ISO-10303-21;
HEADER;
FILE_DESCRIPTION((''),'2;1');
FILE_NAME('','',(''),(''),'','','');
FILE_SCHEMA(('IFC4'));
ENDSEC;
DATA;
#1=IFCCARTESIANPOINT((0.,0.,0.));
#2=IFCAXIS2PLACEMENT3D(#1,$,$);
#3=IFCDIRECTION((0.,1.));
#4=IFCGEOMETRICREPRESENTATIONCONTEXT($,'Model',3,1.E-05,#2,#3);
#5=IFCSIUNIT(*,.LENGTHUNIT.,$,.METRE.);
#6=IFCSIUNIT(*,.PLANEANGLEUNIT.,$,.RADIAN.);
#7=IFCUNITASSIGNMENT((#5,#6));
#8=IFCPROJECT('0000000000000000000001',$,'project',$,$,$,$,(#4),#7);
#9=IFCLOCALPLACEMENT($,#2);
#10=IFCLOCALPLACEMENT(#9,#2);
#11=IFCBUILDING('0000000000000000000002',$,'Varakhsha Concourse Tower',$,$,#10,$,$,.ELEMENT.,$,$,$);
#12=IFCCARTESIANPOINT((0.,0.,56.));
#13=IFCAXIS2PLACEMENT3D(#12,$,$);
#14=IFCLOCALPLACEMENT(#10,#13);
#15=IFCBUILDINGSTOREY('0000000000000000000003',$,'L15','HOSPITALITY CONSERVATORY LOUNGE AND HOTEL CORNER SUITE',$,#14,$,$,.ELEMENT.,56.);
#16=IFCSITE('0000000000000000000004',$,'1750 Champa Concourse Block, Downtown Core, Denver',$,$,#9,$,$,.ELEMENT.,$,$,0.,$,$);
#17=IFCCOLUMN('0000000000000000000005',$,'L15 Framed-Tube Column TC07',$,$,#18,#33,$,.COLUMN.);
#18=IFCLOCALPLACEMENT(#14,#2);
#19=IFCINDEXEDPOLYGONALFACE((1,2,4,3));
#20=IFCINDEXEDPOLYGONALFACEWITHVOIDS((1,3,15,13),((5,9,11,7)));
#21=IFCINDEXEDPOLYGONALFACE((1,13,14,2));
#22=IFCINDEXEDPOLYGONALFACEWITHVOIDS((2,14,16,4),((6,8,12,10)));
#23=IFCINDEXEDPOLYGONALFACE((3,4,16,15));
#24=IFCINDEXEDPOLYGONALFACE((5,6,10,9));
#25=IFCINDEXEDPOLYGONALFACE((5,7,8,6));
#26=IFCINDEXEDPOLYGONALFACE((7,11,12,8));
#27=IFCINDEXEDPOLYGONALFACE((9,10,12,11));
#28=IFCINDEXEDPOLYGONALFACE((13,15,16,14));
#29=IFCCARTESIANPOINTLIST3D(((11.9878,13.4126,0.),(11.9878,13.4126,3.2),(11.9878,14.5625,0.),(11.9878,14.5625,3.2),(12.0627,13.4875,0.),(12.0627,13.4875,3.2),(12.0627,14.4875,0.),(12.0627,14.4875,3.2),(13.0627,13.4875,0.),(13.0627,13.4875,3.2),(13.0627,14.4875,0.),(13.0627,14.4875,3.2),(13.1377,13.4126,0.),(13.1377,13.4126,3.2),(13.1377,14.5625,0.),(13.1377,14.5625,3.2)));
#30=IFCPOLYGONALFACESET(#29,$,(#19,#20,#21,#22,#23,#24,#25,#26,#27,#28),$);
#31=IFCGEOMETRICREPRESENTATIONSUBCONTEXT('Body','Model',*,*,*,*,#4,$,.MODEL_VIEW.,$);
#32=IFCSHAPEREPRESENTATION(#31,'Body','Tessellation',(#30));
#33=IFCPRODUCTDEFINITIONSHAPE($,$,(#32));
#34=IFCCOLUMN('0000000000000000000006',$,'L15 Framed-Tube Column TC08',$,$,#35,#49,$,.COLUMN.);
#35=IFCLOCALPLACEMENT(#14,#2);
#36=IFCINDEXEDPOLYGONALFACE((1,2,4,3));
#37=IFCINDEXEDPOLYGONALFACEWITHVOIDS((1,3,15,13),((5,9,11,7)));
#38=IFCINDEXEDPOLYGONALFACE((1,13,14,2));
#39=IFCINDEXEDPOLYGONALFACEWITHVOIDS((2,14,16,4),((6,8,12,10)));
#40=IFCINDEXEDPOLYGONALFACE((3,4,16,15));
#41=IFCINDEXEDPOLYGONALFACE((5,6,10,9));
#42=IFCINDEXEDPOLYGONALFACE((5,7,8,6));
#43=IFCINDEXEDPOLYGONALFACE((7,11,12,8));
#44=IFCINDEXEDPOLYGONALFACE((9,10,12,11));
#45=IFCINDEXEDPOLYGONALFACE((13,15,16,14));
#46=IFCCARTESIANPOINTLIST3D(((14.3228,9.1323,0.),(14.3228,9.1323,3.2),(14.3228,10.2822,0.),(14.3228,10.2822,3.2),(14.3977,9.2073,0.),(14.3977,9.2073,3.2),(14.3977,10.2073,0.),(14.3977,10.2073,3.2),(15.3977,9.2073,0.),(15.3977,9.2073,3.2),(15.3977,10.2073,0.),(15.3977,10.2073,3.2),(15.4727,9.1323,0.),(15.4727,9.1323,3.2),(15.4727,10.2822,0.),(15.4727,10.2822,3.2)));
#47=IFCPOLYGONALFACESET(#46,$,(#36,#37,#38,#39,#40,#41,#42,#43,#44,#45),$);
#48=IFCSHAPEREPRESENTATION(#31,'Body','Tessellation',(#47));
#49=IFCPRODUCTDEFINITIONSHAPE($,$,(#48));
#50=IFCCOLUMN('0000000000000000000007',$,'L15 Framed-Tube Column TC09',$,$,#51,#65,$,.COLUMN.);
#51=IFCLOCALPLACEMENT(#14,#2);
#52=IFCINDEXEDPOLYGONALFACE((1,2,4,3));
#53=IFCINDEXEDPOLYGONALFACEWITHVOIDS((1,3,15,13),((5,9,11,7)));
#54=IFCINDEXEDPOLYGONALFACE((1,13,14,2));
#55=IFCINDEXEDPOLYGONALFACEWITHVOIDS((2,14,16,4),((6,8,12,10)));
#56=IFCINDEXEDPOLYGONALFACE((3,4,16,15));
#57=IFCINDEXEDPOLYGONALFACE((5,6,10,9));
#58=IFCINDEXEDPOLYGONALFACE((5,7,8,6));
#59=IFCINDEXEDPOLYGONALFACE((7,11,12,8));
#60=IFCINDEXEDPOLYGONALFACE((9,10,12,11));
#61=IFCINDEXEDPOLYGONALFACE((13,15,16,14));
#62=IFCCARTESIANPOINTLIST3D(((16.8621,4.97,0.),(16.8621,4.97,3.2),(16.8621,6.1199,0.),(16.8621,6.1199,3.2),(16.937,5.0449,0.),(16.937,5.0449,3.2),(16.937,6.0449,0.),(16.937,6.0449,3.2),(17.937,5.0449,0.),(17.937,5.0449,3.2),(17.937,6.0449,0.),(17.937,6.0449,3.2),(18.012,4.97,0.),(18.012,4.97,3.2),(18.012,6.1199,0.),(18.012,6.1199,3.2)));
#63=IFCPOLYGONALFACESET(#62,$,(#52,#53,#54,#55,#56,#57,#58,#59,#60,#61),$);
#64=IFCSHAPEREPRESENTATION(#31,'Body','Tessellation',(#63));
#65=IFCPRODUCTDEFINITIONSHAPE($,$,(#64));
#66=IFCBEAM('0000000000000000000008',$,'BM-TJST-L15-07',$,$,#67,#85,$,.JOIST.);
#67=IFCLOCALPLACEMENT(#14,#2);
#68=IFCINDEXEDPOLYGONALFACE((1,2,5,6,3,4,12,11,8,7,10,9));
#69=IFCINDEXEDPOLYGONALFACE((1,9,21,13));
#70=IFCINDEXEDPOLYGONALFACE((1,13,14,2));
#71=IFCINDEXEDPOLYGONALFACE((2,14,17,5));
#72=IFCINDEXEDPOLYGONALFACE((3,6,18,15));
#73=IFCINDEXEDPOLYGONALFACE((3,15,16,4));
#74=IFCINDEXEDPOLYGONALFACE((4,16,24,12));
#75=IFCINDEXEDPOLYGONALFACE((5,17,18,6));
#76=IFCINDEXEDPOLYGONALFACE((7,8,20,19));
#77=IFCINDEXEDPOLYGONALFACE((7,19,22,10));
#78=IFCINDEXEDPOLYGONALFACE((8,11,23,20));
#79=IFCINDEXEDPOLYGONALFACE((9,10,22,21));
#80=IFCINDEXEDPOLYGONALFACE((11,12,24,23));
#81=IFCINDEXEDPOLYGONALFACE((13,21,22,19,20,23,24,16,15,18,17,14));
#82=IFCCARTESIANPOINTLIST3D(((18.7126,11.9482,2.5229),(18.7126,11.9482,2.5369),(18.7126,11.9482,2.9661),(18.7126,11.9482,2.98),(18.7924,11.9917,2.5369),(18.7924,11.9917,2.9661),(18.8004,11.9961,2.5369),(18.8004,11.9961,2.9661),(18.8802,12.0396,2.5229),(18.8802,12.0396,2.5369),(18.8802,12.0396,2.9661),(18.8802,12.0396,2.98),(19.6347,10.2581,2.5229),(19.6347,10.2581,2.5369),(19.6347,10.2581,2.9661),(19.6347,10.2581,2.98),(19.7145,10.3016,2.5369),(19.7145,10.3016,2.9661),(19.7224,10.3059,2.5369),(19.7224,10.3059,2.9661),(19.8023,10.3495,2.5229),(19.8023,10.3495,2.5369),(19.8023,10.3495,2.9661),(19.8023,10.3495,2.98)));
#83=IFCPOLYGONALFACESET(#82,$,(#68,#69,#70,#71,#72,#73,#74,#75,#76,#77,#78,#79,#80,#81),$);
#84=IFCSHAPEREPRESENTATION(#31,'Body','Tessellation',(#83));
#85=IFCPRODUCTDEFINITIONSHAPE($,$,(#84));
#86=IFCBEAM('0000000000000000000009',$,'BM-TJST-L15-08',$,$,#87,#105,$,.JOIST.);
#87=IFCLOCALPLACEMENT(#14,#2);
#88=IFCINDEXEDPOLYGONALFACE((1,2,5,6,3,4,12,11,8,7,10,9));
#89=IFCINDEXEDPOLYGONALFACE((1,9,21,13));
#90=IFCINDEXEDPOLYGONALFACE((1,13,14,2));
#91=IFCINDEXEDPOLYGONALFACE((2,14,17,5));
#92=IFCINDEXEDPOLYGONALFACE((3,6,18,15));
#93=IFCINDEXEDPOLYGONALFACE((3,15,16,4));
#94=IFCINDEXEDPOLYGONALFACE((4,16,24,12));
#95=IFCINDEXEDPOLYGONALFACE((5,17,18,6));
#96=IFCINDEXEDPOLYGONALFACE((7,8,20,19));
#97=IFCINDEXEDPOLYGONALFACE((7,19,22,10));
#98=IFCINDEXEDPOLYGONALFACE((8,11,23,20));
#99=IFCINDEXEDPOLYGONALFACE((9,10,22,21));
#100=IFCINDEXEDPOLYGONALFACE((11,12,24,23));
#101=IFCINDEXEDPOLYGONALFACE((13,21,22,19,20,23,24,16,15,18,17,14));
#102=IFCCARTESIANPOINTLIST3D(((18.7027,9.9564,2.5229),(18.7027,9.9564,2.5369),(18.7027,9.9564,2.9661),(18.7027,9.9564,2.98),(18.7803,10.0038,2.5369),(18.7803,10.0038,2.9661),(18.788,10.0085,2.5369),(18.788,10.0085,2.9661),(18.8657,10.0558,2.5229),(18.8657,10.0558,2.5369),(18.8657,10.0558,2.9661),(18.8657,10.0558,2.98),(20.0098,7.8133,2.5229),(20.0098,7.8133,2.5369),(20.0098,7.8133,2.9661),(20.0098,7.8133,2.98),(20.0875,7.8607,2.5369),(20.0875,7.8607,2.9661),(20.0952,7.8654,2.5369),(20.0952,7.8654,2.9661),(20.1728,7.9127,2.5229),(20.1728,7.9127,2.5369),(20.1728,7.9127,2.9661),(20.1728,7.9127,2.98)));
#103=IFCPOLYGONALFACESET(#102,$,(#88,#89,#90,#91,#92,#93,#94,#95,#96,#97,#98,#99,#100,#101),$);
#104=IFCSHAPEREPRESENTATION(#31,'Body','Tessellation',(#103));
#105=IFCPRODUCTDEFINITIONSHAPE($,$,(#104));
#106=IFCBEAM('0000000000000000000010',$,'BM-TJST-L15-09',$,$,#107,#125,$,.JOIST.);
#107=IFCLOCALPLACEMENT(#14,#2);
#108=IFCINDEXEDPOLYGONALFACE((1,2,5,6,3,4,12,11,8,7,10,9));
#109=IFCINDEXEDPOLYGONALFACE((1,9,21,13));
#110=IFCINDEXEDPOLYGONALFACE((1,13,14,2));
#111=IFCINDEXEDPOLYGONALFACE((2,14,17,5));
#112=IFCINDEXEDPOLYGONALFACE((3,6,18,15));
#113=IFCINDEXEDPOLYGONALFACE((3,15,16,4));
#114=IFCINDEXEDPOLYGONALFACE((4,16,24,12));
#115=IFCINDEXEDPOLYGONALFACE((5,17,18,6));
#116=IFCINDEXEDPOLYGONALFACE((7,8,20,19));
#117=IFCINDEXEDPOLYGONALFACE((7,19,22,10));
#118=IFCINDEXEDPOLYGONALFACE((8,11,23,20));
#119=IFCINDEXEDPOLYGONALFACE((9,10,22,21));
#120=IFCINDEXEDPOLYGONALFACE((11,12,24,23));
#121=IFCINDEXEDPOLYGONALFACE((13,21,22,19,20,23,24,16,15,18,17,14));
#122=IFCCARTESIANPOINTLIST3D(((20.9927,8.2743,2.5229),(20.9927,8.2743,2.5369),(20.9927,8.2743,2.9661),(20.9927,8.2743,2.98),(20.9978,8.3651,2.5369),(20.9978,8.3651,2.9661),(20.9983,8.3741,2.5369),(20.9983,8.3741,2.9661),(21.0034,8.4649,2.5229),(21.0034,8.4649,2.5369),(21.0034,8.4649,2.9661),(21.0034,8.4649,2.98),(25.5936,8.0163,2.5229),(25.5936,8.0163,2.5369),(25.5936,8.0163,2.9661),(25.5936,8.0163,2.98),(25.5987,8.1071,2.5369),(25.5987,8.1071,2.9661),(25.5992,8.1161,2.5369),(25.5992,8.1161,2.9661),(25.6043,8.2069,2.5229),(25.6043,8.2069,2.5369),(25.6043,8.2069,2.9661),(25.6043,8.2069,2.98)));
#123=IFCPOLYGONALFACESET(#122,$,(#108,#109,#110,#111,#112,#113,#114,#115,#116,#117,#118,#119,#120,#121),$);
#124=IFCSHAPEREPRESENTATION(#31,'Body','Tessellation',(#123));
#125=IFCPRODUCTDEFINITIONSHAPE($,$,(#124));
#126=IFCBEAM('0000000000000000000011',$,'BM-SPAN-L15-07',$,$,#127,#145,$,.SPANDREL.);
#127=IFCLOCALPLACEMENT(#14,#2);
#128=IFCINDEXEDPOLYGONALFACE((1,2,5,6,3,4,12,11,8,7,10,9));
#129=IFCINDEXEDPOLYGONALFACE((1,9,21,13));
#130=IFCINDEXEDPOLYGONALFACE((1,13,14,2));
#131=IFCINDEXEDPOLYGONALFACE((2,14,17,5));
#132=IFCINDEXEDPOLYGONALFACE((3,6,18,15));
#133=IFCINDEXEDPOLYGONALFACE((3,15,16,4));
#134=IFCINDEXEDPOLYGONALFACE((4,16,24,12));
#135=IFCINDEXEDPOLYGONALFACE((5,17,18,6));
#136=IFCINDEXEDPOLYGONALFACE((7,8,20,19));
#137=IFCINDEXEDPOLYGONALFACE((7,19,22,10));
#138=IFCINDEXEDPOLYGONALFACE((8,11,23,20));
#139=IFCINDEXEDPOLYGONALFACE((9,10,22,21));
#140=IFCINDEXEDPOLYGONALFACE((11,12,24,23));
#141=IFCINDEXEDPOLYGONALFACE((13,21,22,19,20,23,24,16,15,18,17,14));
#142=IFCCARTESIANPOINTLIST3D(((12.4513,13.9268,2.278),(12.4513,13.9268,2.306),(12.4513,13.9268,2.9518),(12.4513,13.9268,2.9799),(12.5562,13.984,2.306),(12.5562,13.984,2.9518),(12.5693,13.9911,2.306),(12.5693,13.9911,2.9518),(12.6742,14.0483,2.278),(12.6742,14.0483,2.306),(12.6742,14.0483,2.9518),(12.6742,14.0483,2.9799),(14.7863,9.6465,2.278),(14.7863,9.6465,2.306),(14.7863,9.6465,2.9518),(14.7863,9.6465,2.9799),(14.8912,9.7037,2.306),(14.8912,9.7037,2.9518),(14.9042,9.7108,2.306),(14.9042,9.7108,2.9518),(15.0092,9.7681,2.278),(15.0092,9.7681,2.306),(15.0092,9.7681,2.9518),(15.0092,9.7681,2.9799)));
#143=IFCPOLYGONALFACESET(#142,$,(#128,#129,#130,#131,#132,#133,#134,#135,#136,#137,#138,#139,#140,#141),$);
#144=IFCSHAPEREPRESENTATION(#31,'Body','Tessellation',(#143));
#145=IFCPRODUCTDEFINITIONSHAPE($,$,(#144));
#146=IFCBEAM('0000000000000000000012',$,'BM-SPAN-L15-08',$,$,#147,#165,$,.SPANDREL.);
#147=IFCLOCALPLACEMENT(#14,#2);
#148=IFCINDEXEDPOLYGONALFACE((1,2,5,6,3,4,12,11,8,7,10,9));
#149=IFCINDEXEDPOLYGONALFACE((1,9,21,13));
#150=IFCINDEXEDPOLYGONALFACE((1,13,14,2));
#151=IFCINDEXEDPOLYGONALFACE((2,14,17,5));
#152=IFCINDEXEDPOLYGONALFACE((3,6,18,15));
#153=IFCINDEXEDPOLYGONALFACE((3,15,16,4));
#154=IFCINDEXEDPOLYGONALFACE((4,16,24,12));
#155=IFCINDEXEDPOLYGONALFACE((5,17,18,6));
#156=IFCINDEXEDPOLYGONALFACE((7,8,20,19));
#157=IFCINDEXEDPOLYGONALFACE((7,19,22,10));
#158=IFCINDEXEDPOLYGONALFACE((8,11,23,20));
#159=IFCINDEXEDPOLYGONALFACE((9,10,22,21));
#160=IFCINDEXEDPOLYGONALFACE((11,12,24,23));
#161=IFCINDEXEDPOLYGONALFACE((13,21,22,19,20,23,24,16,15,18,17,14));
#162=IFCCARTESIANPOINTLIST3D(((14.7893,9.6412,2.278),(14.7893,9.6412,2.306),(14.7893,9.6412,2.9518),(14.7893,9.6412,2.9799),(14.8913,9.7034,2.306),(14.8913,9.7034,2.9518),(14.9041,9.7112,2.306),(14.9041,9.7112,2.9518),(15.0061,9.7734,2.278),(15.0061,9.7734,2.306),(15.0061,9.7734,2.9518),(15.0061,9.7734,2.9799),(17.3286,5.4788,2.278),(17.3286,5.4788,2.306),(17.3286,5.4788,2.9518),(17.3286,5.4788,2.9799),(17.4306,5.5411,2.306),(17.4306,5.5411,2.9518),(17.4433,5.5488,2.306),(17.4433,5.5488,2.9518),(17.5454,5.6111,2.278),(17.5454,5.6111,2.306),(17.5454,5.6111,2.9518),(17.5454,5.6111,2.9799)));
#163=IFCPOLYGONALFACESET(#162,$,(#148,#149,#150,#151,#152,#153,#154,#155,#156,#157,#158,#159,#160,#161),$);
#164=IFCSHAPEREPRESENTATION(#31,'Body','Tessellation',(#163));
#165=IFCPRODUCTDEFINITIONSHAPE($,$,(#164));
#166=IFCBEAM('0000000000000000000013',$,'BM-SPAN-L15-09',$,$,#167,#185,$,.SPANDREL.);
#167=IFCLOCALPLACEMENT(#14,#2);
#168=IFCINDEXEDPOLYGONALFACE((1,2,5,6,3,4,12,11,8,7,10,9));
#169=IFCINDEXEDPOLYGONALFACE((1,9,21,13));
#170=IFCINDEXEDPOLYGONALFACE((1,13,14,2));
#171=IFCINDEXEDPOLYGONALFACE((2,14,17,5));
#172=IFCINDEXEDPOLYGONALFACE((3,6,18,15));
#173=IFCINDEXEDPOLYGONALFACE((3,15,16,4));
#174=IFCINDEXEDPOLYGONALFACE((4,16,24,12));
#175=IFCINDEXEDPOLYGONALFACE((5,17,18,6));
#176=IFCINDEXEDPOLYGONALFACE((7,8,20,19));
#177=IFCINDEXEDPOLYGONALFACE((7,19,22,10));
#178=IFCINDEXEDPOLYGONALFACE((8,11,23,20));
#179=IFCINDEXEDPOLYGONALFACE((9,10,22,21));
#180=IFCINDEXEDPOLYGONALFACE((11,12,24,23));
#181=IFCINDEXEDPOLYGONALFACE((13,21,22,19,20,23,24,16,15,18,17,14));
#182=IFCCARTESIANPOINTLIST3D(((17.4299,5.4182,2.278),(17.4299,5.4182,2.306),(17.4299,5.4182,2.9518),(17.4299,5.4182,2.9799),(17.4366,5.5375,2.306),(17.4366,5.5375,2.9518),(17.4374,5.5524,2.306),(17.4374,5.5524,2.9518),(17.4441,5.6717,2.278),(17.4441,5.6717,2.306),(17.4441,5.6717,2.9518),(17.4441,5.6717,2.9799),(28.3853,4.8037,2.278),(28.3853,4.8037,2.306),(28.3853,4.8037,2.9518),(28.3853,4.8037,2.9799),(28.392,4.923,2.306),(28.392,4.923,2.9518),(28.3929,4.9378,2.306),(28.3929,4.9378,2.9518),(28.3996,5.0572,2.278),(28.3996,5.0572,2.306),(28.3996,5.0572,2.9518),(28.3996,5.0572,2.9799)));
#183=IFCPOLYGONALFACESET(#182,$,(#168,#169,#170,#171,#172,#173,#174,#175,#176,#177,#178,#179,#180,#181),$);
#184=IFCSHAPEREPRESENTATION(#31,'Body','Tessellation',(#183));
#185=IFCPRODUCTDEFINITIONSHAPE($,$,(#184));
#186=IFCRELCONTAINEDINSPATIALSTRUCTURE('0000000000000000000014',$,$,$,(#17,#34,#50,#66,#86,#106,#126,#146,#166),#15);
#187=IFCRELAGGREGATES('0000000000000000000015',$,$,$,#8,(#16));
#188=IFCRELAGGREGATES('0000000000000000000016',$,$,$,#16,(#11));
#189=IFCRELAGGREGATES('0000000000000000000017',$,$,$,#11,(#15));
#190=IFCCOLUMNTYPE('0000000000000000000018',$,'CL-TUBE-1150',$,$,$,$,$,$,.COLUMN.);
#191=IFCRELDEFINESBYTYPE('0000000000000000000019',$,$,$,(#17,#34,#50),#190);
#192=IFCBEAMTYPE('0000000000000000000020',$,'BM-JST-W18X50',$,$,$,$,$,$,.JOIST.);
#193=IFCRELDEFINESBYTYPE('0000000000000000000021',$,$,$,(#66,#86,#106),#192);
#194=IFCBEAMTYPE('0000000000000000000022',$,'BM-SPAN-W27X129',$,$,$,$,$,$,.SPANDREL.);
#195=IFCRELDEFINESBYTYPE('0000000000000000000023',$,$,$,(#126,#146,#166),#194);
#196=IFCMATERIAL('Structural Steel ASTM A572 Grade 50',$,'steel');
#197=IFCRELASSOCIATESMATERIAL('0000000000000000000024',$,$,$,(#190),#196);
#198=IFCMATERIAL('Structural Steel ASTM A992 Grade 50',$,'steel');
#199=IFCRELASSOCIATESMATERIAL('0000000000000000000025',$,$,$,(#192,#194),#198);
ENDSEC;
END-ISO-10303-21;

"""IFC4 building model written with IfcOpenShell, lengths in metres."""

from ifc_helpers import new_model, si_unit, direction, frame, origin, origin_2d, place, context, subcontext, project, spatial, hollow_rectangle, i_section, extrude, material, material_profile, profile_set, type_object, element, save


model = new_model("IFC4")

# Units and contexts
model_context = context("Model", 3, precision=1e-05, world=origin(), true_north=direction((0.0, 1.0)))
body_context = subcontext(model_context, "Body", "Model", "MODEL_VIEW")
ifc_project = project(units=[si_unit("LENGTHUNIT", "METRE"), si_unit("PLANEANGLEUNIT", "RADIAN")], contexts=[model_context])

# Site, building, storey
site_placement = place(None, origin())
site = spatial("IfcSite", under=ifc_project, at=site_placement, Name="1750 Champa Concourse Block, Downtown Core, Denver", CompositionType="ELEMENT", RefElevation=0.0)
building_placement = place(site_placement, origin())
building = spatial("IfcBuilding", under=site, at=building_placement, Name="Varakhsha Concourse Tower", CompositionType="ELEMENT")
storey_placement = place(building_placement, frame((0.0, 0.0, 56.0)))
storey = spatial("IfcBuildingStorey", under=building, at=storey_placement, Name="L15", Description="HOSPITALITY CONSERVATORY LOUNGE AND HOTEL CORNER SUITE", CompositionType="ELEMENT", Elevation=56.0)

# Columns
ifc_material_1 = material(Name="Structural Steel ASTM A572 Grade 50", Category="steel")
ifc_material_profile_1 = material_profile(ifc_material_1, hollow_rectangle(XDim=1.1499, YDim=1.1499, WallThickness=0.075, at=origin_2d()), Name="BOX 1150x1150x75")
ifc_profile_set_1 = profile_set([ifc_material_profile_1], Name="Structural Steel ASTM A572 Grade 50")
column_type = type_object("IfcColumnType", Name="CL-TUBE-1150", PredefinedType="COLUMN", material=ifc_profile_set_1)
for number, where, z_axis, x_axis, name in (
    (1, (12.5627, 13.9875, 0.0), (0.0, 0.0, 1.0), (1.0, 0.0, 0.0), "L15 Framed-Tube Column TC07"),
    (2, (14.8977, 9.7073, 0.0), (0.0, 0.0, 1.0), (1.0, 0.0, 0.0), "L15 Framed-Tube Column TC08"),
    (3, (17.437, 5.5449, 0.0), (0.0, 0.0, 1.0), (1.0, 0.0, 0.0), "L15 Framed-Tube Column TC09"),
):
    element("IfcColumn", number, at=place(storey_placement, frame(where, z_axis=z_axis, x_axis=x_axis)), inside=storey, type_object=column_type, Name=name, PredefinedType="COLUMN", context=body_context, shape_type="SweptSolid", body=[
        extrude(hollow_rectangle(XDim=1.1499, YDim=1.1499, WallThickness=0.075, at=origin_2d()), origin(), (0.0, 0.0, 1.0), 3.2),
    ])

# Beams
ifc_material_2 = material(Name="Structural Steel ASTM A992 Grade 50", Category="steel")
ifc_material_profile_2 = material_profile(ifc_material_2, i_section(OverallWidth=0.1909, OverallDepth=0.457, WebThickness=0.009, FlangeThickness=0.0139, at=origin_2d()), Name="W18X50")
ifc_profile_set_2 = profile_set([ifc_material_profile_2], Name="Structural Steel ASTM A992 Grade 50")
beam_type_1 = type_object("IfcBeamType", Name="BM-JST-W18X50", PredefinedType="JOIST", material=ifc_profile_set_2)
beam_1_placement = place(storey_placement, frame((18.7964, 11.9939, 2.7515), z_axis=(0.478932, -0.877852, 0.0), x_axis=(0.877852, 0.478932, 0.0)))
element("IfcBeam", 4, at=beam_1_placement, inside=storey, type_object=beam_type_1, Name="BM-TJST-L15-07", PredefinedType="JOIST", context=body_context, shape_type="SweptSolid", body=[
    extrude(i_section(OverallWidth=0.1909, OverallDepth=0.457, WebThickness=0.009, FlangeThickness=0.0139, at=origin_2d()), origin(), (0.0, 0.0, 1.0), 1.9253),
])
beam_2_placement = place(storey_placement, frame((18.7842, 10.0061, 2.7515), z_axis=(0.520718, -0.853729, 0.0), x_axis=(0.853729, 0.520718, 0.0)))
element("IfcBeam", 5, at=beam_2_placement, inside=storey, type_object=beam_type_1, Name="BM-TJST-L15-08", PredefinedType="JOIST", context=body_context, shape_type="SweptSolid", body=[
    extrude(i_section(OverallWidth=0.1909, OverallDepth=0.457, WebThickness=0.009, FlangeThickness=0.0139, at=origin_2d()), origin(), (0.0, 0.0, 1.0), 2.5103),
])
beam_3_placement = place(storey_placement, frame((20.998, 8.3696, 2.7515), z_axis=(0.998431, -0.056001, 0.0), x_axis=(0.056001, 0.998431, 0.0)))
element("IfcBeam", 6, at=beam_3_placement, inside=storey, type_object=beam_type_1, Name="BM-TJST-L15-09", PredefinedType="JOIST", context=body_context, shape_type="SweptSolid", body=[
    extrude(i_section(OverallWidth=0.1909, OverallDepth=0.457, WebThickness=0.009, FlangeThickness=0.0139, at=origin_2d()), origin(), (0.0, 0.0, 1.0), 4.6082),
])
ifc_material_profile_3 = material_profile(ifc_material_2, i_section(OverallWidth=0.2539, OverallDepth=0.7019, WebThickness=0.0149, FlangeThickness=0.0281, at=origin_2d()), Name="W27X129")
ifc_profile_set_3 = profile_set([ifc_material_profile_3], Name="Structural Steel ASTM A992 Grade 50")
beam_type_2 = type_object("IfcBeamType", Name="BM-SPAN-W27X129", PredefinedType="SPANDREL", material=ifc_profile_set_3)
for number, where, z_axis, x_axis, name in (
    (7, (12.5627, 13.9875, 2.6289), (0.478894, -0.877873, 0.0), (0.877873, 0.478894, 0.0), "BM-SPAN-L15-07"),
    (8, (14.8977, 9.7073, 2.6289), (0.5208, -0.853679, 0.0), (0.853679, 0.5208, 0.0), "BM-SPAN-L15-08"),
):
    element("IfcBeam", number, at=place(storey_placement, frame(where, z_axis=z_axis, x_axis=x_axis)), inside=storey, type_object=beam_type_2, Name=name, PredefinedType="SPANDREL", context=body_context, shape_type="SweptSolid", body=[
        extrude(i_section(OverallWidth=0.2539, OverallDepth=0.7019, WebThickness=0.0149, FlangeThickness=0.0281, at=origin_2d()), origin(), (0.0, 0.0, 1.0), 4.8757),
    ])
beam_4_placement = place(storey_placement, frame((17.437, 5.5449, 2.6289), z_axis=(0.998431, -0.056004, 0.0), x_axis=(0.056004, 0.998431, 0.0)))
element("IfcBeam", 9, at=beam_4_placement, inside=storey, type_object=beam_type_2, Name="BM-SPAN-L15-09", PredefinedType="SPANDREL", context=body_context, shape_type="SweptSolid", body=[
    extrude(i_section(OverallWidth=0.2539, OverallDepth=0.7019, WebThickness=0.0149, FlangeThickness=0.0281, at=origin_2d()), origin(), (0.0, 0.0, 1.0), 10.9727),
])

save(model, "model.ifc")
